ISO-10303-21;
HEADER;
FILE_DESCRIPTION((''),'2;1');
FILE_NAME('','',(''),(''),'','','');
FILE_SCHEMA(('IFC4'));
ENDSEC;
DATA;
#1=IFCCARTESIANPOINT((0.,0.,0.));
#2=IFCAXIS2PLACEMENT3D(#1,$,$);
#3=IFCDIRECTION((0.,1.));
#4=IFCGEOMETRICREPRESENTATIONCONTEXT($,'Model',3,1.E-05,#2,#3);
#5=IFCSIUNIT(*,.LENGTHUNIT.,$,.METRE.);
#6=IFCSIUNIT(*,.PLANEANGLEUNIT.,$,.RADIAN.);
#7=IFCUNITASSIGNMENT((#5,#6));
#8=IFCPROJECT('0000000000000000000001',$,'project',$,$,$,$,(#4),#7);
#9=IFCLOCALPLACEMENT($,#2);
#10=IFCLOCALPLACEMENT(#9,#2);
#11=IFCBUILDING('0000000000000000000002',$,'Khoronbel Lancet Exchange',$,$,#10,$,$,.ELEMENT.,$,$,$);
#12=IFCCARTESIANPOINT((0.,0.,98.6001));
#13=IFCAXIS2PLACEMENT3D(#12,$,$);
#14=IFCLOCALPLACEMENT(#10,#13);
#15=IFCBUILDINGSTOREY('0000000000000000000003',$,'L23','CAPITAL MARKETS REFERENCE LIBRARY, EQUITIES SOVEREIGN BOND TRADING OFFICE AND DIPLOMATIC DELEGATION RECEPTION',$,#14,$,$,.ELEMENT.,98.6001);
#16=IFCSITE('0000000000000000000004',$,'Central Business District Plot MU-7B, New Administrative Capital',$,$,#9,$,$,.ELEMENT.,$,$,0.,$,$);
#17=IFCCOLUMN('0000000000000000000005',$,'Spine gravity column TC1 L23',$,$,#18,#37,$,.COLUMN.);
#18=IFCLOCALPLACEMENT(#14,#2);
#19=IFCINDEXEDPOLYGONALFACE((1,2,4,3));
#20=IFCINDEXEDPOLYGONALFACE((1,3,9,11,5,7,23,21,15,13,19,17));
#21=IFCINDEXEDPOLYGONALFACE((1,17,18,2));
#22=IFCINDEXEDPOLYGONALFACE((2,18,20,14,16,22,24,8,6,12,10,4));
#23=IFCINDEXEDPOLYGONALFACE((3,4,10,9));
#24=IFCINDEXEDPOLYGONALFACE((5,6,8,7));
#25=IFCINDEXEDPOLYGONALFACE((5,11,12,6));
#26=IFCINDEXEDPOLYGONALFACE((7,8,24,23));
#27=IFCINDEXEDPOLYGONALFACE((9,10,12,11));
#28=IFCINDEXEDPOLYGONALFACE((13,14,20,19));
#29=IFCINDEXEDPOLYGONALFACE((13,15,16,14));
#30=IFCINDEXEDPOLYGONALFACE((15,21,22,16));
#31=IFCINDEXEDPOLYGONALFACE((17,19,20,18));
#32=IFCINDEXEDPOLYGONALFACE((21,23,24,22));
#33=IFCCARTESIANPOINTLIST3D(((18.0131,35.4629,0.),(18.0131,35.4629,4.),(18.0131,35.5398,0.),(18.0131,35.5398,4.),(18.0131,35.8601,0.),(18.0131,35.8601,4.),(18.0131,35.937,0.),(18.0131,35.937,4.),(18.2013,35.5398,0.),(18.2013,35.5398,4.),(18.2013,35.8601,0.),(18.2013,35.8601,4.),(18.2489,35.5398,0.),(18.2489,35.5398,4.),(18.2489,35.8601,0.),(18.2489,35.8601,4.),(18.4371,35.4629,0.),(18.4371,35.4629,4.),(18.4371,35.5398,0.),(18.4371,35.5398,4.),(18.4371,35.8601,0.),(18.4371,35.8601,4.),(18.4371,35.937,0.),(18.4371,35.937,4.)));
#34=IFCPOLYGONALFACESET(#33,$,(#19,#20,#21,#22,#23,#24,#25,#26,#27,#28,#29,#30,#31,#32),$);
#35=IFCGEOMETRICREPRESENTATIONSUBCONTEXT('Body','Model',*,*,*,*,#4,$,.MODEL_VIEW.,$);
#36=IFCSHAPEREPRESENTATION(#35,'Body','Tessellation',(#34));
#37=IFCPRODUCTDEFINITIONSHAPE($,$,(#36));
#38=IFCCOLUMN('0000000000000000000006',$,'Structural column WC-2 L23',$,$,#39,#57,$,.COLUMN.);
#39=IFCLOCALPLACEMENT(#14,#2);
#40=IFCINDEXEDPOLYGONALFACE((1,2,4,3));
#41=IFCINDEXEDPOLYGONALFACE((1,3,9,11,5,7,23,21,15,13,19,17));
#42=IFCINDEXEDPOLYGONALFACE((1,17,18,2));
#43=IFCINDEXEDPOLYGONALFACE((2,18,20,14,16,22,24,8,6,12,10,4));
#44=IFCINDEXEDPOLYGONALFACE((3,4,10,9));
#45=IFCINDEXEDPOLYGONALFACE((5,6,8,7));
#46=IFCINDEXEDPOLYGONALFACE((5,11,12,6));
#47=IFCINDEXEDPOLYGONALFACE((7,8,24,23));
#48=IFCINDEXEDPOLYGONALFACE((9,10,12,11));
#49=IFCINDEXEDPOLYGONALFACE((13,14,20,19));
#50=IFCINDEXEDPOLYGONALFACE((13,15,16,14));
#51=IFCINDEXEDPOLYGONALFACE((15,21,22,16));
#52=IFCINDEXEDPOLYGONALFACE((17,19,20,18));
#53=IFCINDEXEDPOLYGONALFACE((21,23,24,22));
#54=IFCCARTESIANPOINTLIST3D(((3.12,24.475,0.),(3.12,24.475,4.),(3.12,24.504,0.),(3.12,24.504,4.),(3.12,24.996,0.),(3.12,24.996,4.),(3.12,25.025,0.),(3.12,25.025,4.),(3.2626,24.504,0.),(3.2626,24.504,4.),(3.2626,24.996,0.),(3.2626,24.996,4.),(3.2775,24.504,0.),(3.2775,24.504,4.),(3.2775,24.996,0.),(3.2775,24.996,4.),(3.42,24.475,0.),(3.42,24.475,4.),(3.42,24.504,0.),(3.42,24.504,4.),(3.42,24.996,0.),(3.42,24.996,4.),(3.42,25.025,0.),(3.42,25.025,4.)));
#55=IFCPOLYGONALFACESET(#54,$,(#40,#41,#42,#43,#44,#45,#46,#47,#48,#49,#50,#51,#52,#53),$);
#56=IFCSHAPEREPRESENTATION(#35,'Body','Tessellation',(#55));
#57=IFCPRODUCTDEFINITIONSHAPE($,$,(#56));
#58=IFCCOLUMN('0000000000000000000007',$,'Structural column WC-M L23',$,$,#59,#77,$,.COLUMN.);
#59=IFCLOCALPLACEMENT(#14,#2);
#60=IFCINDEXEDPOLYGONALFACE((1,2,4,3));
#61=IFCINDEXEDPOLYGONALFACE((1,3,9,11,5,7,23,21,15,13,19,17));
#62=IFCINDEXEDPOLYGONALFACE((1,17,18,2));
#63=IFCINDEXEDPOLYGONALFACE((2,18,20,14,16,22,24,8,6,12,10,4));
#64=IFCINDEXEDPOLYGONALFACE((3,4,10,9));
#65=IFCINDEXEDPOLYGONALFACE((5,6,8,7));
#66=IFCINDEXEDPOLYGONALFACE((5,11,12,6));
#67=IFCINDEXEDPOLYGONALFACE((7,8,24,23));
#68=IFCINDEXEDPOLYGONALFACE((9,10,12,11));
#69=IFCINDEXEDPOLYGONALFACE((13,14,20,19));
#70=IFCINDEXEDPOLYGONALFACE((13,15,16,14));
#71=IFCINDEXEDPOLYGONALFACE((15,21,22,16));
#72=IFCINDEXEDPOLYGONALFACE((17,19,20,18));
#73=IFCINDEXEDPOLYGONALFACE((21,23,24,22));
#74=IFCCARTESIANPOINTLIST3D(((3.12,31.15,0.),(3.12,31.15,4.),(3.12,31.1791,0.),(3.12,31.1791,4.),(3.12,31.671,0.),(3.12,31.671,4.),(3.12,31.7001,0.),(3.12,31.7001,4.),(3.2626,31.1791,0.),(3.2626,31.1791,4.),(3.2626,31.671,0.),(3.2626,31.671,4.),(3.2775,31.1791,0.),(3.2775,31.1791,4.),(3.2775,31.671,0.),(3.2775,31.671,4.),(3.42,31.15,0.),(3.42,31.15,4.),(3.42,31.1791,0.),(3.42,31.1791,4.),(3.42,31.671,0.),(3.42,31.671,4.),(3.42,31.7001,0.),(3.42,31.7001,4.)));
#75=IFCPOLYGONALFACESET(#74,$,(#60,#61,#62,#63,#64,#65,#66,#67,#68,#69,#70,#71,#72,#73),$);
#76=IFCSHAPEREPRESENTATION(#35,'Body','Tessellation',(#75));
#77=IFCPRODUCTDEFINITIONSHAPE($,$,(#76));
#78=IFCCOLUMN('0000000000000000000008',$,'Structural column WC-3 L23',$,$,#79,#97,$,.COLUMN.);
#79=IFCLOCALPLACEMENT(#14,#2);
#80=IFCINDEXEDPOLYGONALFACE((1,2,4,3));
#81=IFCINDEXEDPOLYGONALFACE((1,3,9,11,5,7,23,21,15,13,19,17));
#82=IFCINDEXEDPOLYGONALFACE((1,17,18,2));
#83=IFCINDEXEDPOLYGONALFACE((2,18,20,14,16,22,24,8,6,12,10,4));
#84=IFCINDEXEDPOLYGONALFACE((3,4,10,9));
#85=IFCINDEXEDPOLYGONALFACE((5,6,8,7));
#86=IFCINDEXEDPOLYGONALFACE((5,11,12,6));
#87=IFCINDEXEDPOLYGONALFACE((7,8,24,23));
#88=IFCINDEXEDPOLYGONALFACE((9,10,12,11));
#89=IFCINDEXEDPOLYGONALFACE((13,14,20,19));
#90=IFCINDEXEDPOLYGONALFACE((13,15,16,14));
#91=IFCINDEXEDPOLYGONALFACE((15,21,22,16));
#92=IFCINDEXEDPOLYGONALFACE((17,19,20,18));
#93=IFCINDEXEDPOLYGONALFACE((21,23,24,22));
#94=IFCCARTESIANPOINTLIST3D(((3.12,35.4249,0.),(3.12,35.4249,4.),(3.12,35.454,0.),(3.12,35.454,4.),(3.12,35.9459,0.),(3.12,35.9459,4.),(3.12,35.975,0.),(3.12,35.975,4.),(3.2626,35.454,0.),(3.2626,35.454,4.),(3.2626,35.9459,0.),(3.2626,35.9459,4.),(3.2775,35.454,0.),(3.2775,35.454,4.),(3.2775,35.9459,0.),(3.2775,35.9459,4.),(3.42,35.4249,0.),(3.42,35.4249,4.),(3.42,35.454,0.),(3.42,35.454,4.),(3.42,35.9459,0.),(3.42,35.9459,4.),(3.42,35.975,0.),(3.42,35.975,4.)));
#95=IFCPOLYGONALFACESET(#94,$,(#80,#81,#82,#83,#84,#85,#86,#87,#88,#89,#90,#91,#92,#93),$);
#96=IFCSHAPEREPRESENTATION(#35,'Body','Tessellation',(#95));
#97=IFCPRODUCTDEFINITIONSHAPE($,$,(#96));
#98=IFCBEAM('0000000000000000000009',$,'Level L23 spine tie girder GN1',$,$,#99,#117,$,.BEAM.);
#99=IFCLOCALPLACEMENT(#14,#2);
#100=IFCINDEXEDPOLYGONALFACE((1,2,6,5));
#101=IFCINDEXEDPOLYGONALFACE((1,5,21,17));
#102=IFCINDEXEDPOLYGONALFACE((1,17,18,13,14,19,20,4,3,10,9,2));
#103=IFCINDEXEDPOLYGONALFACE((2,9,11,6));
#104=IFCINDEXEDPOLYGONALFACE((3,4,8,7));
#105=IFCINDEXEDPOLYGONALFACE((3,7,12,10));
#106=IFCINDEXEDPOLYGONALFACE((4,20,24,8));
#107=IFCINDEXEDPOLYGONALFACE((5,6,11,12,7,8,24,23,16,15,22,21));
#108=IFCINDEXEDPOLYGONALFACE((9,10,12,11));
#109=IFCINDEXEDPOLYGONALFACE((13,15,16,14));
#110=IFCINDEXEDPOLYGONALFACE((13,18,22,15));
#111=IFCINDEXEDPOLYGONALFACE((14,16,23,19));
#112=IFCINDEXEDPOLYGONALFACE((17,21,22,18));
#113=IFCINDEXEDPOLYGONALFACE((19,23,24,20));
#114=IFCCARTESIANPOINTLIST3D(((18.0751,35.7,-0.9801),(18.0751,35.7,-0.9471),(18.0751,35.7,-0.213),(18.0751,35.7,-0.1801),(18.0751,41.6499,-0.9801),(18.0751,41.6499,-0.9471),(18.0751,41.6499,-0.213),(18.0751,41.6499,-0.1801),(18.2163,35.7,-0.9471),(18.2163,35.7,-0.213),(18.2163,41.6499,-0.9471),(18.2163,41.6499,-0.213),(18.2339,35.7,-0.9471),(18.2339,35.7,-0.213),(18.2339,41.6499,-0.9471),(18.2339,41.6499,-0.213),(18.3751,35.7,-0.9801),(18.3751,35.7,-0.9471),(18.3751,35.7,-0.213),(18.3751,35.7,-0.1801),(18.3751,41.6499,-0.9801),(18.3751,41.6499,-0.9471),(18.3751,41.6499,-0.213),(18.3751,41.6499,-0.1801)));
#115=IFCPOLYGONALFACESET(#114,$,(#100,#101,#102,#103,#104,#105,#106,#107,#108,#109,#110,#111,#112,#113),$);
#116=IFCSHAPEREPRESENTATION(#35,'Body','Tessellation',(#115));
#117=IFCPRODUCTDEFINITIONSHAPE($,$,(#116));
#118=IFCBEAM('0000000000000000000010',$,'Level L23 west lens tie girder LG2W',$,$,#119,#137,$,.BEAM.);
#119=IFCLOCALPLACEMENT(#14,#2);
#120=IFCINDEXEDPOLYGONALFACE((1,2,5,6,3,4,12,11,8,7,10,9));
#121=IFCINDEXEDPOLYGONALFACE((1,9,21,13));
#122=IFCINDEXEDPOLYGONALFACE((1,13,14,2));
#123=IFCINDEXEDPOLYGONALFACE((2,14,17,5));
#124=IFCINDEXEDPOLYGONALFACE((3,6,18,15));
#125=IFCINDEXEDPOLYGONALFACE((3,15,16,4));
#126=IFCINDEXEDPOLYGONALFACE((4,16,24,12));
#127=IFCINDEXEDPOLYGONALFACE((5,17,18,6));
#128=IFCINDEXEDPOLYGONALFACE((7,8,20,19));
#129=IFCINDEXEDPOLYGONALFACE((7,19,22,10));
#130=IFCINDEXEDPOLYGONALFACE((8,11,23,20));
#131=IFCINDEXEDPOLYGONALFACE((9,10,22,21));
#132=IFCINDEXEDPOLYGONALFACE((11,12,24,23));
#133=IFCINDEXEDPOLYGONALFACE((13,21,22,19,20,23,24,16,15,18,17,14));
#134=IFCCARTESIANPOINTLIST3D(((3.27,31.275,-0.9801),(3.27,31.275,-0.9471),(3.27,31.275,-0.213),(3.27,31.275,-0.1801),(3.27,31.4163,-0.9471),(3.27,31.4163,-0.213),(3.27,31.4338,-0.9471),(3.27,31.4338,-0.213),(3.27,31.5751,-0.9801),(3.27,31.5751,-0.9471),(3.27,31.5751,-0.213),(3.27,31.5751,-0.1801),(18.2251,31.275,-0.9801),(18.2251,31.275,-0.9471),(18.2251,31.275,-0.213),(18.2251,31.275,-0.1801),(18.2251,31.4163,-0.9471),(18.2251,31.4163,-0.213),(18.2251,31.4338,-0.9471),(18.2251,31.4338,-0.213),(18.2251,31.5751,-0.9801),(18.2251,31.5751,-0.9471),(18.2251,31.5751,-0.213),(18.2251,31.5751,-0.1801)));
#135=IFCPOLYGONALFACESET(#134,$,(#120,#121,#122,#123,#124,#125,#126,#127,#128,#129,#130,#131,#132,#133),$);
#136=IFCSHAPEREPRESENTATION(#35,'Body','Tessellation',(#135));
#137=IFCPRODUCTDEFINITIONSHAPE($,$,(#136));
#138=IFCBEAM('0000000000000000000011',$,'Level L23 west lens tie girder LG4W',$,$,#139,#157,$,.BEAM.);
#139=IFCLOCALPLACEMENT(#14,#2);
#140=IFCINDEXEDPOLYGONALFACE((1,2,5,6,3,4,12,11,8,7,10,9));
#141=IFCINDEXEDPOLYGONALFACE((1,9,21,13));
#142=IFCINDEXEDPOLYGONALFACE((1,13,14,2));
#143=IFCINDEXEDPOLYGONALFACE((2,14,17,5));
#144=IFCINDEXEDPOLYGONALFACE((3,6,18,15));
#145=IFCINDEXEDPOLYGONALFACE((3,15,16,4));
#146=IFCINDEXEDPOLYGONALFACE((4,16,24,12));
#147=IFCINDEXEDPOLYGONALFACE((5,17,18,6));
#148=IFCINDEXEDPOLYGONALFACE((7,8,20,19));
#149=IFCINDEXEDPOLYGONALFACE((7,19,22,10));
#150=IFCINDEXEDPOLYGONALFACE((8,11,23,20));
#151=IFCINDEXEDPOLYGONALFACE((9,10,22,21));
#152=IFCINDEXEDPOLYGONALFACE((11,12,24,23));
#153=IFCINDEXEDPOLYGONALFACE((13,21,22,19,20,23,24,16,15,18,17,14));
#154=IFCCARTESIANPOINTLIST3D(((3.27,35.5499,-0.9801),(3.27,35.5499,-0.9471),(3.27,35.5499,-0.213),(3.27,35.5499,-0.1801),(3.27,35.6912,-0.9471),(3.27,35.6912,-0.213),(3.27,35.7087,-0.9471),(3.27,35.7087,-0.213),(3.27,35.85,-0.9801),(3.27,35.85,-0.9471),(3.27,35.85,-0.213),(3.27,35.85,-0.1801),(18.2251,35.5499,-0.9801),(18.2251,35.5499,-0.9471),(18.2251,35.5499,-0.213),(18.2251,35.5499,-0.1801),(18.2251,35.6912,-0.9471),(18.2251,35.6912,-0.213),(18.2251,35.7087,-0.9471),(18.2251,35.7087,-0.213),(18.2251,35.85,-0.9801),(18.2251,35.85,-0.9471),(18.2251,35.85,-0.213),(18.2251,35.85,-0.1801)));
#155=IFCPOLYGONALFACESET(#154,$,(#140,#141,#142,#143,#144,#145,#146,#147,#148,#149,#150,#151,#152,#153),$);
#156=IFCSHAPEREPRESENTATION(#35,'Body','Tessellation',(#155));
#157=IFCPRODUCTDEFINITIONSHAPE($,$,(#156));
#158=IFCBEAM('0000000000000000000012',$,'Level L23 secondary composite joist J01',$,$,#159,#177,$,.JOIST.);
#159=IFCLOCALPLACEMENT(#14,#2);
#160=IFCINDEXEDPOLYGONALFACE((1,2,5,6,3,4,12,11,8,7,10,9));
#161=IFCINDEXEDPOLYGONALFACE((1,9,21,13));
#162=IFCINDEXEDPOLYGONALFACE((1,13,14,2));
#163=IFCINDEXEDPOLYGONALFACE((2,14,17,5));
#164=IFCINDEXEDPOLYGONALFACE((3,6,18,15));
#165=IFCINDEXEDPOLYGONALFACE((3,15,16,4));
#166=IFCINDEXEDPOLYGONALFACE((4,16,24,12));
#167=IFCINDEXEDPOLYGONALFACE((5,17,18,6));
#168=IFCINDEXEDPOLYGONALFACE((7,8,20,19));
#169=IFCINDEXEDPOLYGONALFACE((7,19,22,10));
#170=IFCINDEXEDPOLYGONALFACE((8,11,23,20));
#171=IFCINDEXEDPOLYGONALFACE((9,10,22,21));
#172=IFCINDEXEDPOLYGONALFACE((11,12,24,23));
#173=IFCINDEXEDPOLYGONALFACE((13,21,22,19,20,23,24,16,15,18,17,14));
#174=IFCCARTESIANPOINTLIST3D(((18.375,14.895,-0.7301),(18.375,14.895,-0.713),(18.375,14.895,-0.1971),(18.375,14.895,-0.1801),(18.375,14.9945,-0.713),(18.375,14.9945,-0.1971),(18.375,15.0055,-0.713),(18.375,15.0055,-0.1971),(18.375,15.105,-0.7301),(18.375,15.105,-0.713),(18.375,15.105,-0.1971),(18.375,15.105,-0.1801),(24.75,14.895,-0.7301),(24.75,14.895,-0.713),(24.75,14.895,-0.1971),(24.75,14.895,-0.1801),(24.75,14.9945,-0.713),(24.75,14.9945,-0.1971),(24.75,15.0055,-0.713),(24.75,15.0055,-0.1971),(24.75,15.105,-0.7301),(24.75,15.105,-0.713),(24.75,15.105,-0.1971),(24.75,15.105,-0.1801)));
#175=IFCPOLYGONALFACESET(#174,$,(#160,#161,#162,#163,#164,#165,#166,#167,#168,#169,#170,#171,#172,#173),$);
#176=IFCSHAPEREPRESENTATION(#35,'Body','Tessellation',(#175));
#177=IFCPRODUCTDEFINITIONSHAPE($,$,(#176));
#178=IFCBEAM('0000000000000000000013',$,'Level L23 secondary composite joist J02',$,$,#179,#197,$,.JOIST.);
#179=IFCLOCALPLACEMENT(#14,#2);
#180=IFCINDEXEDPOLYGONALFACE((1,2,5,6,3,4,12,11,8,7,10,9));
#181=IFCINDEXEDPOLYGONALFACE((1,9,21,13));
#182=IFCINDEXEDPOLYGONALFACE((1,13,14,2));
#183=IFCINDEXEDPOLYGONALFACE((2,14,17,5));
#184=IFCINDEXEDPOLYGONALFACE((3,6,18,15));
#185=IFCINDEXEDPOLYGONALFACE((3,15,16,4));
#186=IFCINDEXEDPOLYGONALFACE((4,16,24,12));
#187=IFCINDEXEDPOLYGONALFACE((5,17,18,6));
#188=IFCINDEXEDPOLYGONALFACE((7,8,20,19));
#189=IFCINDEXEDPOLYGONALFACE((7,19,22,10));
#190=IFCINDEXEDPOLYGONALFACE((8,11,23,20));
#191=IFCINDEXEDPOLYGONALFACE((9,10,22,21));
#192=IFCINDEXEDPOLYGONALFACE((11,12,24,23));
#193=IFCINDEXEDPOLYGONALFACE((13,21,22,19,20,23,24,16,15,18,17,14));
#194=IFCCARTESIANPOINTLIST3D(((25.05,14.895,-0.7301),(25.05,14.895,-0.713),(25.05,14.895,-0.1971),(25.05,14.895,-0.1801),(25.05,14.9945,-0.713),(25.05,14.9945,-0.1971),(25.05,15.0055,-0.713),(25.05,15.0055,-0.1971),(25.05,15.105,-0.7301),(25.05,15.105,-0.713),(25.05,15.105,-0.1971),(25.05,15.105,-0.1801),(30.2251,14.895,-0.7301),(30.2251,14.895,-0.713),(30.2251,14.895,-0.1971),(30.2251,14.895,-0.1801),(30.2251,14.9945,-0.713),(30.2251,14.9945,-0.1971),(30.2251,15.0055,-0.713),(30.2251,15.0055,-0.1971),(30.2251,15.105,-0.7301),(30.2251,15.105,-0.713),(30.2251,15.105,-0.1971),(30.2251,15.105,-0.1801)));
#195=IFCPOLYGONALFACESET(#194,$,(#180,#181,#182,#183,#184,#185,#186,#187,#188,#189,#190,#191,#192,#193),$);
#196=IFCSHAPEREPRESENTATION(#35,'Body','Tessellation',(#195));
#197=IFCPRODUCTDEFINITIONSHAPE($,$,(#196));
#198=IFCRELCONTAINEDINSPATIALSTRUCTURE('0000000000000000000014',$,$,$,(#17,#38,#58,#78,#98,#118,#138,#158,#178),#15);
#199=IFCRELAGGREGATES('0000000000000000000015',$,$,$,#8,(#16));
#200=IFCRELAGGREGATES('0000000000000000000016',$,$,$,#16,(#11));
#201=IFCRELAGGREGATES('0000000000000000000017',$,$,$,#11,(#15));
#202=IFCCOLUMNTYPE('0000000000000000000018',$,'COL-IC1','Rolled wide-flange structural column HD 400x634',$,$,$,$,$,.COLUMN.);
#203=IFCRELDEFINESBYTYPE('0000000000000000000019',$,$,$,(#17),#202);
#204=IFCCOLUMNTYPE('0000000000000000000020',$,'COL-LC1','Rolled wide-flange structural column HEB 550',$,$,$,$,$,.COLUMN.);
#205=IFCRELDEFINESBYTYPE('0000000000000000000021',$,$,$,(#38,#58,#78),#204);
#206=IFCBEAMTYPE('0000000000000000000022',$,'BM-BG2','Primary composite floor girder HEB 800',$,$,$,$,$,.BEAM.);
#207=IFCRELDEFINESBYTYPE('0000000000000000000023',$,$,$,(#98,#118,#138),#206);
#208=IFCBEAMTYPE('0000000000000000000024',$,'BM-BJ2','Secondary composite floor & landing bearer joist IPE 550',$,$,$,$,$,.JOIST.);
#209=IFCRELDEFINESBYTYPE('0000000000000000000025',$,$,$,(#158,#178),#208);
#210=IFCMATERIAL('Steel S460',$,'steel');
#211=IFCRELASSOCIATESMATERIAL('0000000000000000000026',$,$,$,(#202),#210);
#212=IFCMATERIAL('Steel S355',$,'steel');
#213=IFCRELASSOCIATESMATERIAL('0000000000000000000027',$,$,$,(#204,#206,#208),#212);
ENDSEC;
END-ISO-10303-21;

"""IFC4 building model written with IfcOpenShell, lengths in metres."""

from ifc_helpers import new_model, si_unit, direction, frame, origin, origin_2d, place, context, subcontext, project, spatial, i_section, extrude, material, material_profile, profile_set, type_object, element, save


model = new_model("IFC4")

# Units and contexts
model_context = context("Model", 3, precision=1e-05, world=origin(), true_north=direction((0.0, 1.0)))
body_context = subcontext(model_context, "Body", "Model", "MODEL_VIEW")
ifc_project = project(units=[si_unit("LENGTHUNIT", "METRE"), si_unit("PLANEANGLEUNIT", "RADIAN")], contexts=[model_context])

# Site, building, storey
site_placement = place(None, origin())
site = spatial("IfcSite", under=ifc_project, at=site_placement, Name="Central Business District Plot MU-7B, New Administrative Capital", CompositionType="ELEMENT", RefElevation=0.0)
building_placement = place(site_placement, origin())
building = spatial("IfcBuilding", under=site, at=building_placement, Name="Khoronbel Lancet Exchange", CompositionType="ELEMENT")
storey_placement = place(building_placement, frame((0.0, 0.0, 98.6001)))
storey = spatial("IfcBuildingStorey", under=building, at=storey_placement, Name="L23", Description="CAPITAL MARKETS REFERENCE LIBRARY, EQUITIES SOVEREIGN BOND TRADING OFFICE AND DIPLOMATIC DELEGATION RECEPTION", CompositionType="ELEMENT", Elevation=98.6001)

# Columns
ifc_material_1 = material(Name="Steel S460", Category="steel")
ifc_material_profile_1 = material_profile(ifc_material_1, i_section(OverallWidth=0.4241, OverallDepth=0.4741, WebThickness=0.0476, FlangeThickness=0.0769, at=origin_2d()), Name="HD 400x634")
ifc_profile_set_1 = profile_set([ifc_material_profile_1], Name="Steel S460")
column_type_1 = type_object("IfcColumnType", Name="COL-IC1", Description="Rolled wide-flange structural column HD 400x634", PredefinedType="COLUMN", material=ifc_profile_set_1)
column_placement = place(storey_placement, frame((18.2251, 35.7, 0.0), z_axis=(0.0, 0.0, 1.0), x_axis=(1.0, 0.0, 0.0)))
element("IfcColumn", 1, at=column_placement, inside=storey, type_object=column_type_1, Name="Spine gravity column TC1 L23", PredefinedType="COLUMN", context=body_context, shape_type="SweptSolid", body=[
    extrude(i_section(OverallWidth=0.4241, OverallDepth=0.4741, WebThickness=0.0476, FlangeThickness=0.0769, at=origin_2d()), origin(), (0.0, 0.0, 1.0), 4.0),
])
ifc_material_2 = material(Name="Steel S355", Category="steel")
ifc_material_profile_2 = material_profile(ifc_material_2, i_section(OverallWidth=0.3, OverallDepth=0.55, WebThickness=0.0149, FlangeThickness=0.0291, at=origin_2d()), Name="HEB 550")
ifc_profile_set_2 = profile_set([ifc_material_profile_2], Name="Steel S355")
column_type_2 = type_object("IfcColumnType", Name="COL-LC1", Description="Rolled wide-flange structural column HEB 550", PredefinedType="COLUMN", material=ifc_profile_set_2)
for number, where, z_axis, x_axis, name in (
    (2, (3.27, 24.75, 0.0), (0.0, 0.0, 1.0), (1.0, 0.0, 0.0), "Structural column WC-2 L23"),
    (3, (3.27, 31.425, 0.0), (0.0, 0.0, 1.0), (1.0, 0.0, 0.0), "Structural column WC-M L23"),
    (4, (3.27, 35.7, 0.0), (0.0, 0.0, 1.0), (1.0, 0.0, 0.0), "Structural column WC-3 L23"),
):
    element("IfcColumn", number, at=place(storey_placement, frame(where, z_axis=z_axis, x_axis=x_axis)), inside=storey, type_object=column_type_2, Name=name, PredefinedType="COLUMN", context=body_context, shape_type="SweptSolid", body=[
        extrude(i_section(OverallWidth=0.3, OverallDepth=0.55, WebThickness=0.0149, FlangeThickness=0.0291, at=origin_2d()), origin(), (0.0, 0.0, 1.0), 4.0),
    ])

# Beams
ifc_material_profile_3 = material_profile(ifc_material_2, i_section(OverallWidth=0.3, OverallDepth=0.8, WebThickness=0.0176, FlangeThickness=0.033, at=origin_2d()), Name="HEB 800")
ifc_profile_set_3 = profile_set([ifc_material_profile_3], Name="Steel S355")
beam_type_1 = type_object("IfcBeamType", Name="BM-BG2", Description="Primary composite floor girder HEB 800", PredefinedType="BEAM", material=ifc_profile_set_3)
beam_1_placement = place(storey_placement, frame((18.2251, 35.7, -0.5801), z_axis=(0.0, 1.0, 0.0), x_axis=(-1.0, 0.0, 0.0)))
element("IfcBeam", 5, at=beam_1_placement, inside=storey, type_object=beam_type_1, Name="Level L23 spine tie girder GN1", PredefinedType="BEAM", context=body_context, shape_type="SweptSolid", body=[
    extrude(i_section(OverallWidth=0.3, OverallDepth=0.8, WebThickness=0.0176, FlangeThickness=0.033, at=origin_2d()), origin(), (0.0, 0.0, 1.0), 5.95),
])
for number, where, z_axis, x_axis, name in (
    (6, (3.27, 31.425, -0.5801), (1.0, 0.0, 0.0), (0.0, 1.0, 0.0), "Level L23 west lens tie girder LG2W"),
    (7, (3.27, 35.7, -0.5801), (1.0, 0.0, 0.0), (0.0, 1.0, 0.0), "Level L23 west lens tie girder LG4W"),
):
    element("IfcBeam", number, at=place(storey_placement, frame(where, z_axis=z_axis, x_axis=x_axis)), inside=storey, type_object=beam_type_1, Name=name, PredefinedType="BEAM", context=body_context, shape_type="SweptSolid", body=[
        extrude(i_section(OverallWidth=0.3, OverallDepth=0.8, WebThickness=0.0176, FlangeThickness=0.033, at=origin_2d()), origin(), (0.0, 0.0, 1.0), 14.9551),
    ])
ifc_material_profile_4 = material_profile(ifc_material_2, i_section(OverallWidth=0.21, OverallDepth=0.55, WebThickness=0.011, FlangeThickness=0.0171, at=origin_2d()), Name="IPE 550")
ifc_profile_set_4 = profile_set([ifc_material_profile_4], Name="Steel S355")
beam_type_2 = type_object("IfcBeamType", Name="BM-BJ2", Description="Secondary composite floor & landing bearer joist IPE 550", PredefinedType="JOIST", material=ifc_profile_set_4)
beam_2_placement = place(storey_placement, frame((18.375, 15.0, -0.4551), z_axis=(1.0, 0.0, 0.0), x_axis=(0.0, 1.0, 0.0)))
element("IfcBeam", 8, at=beam_2_placement, inside=storey, type_object=beam_type_2, Name="Level L23 secondary composite joist J01", PredefinedType="JOIST", context=body_context, shape_type="SweptSolid", body=[
    extrude(i_section(OverallWidth=0.21, OverallDepth=0.55, WebThickness=0.011, FlangeThickness=0.0171, at=origin_2d()), origin(), (0.0, 0.0, 1.0), 6.375),
])
beam_3_placement = place(storey_placement, frame((25.05, 15.0, -0.4551), z_axis=(1.0, 0.0, 0.0), x_axis=(0.0, 1.0, 0.0)))
element("IfcBeam", 9, at=beam_3_placement, inside=storey, type_object=beam_type_2, Name="Level L23 secondary composite joist J02", PredefinedType="JOIST", context=body_context, shape_type="SweptSolid", body=[
    extrude(i_section(OverallWidth=0.21, OverallDepth=0.55, WebThickness=0.011, FlangeThickness=0.0171, at=origin_2d()), origin(), (0.0, 0.0, 1.0), 5.175),
])

save(model, "model.ifc")
